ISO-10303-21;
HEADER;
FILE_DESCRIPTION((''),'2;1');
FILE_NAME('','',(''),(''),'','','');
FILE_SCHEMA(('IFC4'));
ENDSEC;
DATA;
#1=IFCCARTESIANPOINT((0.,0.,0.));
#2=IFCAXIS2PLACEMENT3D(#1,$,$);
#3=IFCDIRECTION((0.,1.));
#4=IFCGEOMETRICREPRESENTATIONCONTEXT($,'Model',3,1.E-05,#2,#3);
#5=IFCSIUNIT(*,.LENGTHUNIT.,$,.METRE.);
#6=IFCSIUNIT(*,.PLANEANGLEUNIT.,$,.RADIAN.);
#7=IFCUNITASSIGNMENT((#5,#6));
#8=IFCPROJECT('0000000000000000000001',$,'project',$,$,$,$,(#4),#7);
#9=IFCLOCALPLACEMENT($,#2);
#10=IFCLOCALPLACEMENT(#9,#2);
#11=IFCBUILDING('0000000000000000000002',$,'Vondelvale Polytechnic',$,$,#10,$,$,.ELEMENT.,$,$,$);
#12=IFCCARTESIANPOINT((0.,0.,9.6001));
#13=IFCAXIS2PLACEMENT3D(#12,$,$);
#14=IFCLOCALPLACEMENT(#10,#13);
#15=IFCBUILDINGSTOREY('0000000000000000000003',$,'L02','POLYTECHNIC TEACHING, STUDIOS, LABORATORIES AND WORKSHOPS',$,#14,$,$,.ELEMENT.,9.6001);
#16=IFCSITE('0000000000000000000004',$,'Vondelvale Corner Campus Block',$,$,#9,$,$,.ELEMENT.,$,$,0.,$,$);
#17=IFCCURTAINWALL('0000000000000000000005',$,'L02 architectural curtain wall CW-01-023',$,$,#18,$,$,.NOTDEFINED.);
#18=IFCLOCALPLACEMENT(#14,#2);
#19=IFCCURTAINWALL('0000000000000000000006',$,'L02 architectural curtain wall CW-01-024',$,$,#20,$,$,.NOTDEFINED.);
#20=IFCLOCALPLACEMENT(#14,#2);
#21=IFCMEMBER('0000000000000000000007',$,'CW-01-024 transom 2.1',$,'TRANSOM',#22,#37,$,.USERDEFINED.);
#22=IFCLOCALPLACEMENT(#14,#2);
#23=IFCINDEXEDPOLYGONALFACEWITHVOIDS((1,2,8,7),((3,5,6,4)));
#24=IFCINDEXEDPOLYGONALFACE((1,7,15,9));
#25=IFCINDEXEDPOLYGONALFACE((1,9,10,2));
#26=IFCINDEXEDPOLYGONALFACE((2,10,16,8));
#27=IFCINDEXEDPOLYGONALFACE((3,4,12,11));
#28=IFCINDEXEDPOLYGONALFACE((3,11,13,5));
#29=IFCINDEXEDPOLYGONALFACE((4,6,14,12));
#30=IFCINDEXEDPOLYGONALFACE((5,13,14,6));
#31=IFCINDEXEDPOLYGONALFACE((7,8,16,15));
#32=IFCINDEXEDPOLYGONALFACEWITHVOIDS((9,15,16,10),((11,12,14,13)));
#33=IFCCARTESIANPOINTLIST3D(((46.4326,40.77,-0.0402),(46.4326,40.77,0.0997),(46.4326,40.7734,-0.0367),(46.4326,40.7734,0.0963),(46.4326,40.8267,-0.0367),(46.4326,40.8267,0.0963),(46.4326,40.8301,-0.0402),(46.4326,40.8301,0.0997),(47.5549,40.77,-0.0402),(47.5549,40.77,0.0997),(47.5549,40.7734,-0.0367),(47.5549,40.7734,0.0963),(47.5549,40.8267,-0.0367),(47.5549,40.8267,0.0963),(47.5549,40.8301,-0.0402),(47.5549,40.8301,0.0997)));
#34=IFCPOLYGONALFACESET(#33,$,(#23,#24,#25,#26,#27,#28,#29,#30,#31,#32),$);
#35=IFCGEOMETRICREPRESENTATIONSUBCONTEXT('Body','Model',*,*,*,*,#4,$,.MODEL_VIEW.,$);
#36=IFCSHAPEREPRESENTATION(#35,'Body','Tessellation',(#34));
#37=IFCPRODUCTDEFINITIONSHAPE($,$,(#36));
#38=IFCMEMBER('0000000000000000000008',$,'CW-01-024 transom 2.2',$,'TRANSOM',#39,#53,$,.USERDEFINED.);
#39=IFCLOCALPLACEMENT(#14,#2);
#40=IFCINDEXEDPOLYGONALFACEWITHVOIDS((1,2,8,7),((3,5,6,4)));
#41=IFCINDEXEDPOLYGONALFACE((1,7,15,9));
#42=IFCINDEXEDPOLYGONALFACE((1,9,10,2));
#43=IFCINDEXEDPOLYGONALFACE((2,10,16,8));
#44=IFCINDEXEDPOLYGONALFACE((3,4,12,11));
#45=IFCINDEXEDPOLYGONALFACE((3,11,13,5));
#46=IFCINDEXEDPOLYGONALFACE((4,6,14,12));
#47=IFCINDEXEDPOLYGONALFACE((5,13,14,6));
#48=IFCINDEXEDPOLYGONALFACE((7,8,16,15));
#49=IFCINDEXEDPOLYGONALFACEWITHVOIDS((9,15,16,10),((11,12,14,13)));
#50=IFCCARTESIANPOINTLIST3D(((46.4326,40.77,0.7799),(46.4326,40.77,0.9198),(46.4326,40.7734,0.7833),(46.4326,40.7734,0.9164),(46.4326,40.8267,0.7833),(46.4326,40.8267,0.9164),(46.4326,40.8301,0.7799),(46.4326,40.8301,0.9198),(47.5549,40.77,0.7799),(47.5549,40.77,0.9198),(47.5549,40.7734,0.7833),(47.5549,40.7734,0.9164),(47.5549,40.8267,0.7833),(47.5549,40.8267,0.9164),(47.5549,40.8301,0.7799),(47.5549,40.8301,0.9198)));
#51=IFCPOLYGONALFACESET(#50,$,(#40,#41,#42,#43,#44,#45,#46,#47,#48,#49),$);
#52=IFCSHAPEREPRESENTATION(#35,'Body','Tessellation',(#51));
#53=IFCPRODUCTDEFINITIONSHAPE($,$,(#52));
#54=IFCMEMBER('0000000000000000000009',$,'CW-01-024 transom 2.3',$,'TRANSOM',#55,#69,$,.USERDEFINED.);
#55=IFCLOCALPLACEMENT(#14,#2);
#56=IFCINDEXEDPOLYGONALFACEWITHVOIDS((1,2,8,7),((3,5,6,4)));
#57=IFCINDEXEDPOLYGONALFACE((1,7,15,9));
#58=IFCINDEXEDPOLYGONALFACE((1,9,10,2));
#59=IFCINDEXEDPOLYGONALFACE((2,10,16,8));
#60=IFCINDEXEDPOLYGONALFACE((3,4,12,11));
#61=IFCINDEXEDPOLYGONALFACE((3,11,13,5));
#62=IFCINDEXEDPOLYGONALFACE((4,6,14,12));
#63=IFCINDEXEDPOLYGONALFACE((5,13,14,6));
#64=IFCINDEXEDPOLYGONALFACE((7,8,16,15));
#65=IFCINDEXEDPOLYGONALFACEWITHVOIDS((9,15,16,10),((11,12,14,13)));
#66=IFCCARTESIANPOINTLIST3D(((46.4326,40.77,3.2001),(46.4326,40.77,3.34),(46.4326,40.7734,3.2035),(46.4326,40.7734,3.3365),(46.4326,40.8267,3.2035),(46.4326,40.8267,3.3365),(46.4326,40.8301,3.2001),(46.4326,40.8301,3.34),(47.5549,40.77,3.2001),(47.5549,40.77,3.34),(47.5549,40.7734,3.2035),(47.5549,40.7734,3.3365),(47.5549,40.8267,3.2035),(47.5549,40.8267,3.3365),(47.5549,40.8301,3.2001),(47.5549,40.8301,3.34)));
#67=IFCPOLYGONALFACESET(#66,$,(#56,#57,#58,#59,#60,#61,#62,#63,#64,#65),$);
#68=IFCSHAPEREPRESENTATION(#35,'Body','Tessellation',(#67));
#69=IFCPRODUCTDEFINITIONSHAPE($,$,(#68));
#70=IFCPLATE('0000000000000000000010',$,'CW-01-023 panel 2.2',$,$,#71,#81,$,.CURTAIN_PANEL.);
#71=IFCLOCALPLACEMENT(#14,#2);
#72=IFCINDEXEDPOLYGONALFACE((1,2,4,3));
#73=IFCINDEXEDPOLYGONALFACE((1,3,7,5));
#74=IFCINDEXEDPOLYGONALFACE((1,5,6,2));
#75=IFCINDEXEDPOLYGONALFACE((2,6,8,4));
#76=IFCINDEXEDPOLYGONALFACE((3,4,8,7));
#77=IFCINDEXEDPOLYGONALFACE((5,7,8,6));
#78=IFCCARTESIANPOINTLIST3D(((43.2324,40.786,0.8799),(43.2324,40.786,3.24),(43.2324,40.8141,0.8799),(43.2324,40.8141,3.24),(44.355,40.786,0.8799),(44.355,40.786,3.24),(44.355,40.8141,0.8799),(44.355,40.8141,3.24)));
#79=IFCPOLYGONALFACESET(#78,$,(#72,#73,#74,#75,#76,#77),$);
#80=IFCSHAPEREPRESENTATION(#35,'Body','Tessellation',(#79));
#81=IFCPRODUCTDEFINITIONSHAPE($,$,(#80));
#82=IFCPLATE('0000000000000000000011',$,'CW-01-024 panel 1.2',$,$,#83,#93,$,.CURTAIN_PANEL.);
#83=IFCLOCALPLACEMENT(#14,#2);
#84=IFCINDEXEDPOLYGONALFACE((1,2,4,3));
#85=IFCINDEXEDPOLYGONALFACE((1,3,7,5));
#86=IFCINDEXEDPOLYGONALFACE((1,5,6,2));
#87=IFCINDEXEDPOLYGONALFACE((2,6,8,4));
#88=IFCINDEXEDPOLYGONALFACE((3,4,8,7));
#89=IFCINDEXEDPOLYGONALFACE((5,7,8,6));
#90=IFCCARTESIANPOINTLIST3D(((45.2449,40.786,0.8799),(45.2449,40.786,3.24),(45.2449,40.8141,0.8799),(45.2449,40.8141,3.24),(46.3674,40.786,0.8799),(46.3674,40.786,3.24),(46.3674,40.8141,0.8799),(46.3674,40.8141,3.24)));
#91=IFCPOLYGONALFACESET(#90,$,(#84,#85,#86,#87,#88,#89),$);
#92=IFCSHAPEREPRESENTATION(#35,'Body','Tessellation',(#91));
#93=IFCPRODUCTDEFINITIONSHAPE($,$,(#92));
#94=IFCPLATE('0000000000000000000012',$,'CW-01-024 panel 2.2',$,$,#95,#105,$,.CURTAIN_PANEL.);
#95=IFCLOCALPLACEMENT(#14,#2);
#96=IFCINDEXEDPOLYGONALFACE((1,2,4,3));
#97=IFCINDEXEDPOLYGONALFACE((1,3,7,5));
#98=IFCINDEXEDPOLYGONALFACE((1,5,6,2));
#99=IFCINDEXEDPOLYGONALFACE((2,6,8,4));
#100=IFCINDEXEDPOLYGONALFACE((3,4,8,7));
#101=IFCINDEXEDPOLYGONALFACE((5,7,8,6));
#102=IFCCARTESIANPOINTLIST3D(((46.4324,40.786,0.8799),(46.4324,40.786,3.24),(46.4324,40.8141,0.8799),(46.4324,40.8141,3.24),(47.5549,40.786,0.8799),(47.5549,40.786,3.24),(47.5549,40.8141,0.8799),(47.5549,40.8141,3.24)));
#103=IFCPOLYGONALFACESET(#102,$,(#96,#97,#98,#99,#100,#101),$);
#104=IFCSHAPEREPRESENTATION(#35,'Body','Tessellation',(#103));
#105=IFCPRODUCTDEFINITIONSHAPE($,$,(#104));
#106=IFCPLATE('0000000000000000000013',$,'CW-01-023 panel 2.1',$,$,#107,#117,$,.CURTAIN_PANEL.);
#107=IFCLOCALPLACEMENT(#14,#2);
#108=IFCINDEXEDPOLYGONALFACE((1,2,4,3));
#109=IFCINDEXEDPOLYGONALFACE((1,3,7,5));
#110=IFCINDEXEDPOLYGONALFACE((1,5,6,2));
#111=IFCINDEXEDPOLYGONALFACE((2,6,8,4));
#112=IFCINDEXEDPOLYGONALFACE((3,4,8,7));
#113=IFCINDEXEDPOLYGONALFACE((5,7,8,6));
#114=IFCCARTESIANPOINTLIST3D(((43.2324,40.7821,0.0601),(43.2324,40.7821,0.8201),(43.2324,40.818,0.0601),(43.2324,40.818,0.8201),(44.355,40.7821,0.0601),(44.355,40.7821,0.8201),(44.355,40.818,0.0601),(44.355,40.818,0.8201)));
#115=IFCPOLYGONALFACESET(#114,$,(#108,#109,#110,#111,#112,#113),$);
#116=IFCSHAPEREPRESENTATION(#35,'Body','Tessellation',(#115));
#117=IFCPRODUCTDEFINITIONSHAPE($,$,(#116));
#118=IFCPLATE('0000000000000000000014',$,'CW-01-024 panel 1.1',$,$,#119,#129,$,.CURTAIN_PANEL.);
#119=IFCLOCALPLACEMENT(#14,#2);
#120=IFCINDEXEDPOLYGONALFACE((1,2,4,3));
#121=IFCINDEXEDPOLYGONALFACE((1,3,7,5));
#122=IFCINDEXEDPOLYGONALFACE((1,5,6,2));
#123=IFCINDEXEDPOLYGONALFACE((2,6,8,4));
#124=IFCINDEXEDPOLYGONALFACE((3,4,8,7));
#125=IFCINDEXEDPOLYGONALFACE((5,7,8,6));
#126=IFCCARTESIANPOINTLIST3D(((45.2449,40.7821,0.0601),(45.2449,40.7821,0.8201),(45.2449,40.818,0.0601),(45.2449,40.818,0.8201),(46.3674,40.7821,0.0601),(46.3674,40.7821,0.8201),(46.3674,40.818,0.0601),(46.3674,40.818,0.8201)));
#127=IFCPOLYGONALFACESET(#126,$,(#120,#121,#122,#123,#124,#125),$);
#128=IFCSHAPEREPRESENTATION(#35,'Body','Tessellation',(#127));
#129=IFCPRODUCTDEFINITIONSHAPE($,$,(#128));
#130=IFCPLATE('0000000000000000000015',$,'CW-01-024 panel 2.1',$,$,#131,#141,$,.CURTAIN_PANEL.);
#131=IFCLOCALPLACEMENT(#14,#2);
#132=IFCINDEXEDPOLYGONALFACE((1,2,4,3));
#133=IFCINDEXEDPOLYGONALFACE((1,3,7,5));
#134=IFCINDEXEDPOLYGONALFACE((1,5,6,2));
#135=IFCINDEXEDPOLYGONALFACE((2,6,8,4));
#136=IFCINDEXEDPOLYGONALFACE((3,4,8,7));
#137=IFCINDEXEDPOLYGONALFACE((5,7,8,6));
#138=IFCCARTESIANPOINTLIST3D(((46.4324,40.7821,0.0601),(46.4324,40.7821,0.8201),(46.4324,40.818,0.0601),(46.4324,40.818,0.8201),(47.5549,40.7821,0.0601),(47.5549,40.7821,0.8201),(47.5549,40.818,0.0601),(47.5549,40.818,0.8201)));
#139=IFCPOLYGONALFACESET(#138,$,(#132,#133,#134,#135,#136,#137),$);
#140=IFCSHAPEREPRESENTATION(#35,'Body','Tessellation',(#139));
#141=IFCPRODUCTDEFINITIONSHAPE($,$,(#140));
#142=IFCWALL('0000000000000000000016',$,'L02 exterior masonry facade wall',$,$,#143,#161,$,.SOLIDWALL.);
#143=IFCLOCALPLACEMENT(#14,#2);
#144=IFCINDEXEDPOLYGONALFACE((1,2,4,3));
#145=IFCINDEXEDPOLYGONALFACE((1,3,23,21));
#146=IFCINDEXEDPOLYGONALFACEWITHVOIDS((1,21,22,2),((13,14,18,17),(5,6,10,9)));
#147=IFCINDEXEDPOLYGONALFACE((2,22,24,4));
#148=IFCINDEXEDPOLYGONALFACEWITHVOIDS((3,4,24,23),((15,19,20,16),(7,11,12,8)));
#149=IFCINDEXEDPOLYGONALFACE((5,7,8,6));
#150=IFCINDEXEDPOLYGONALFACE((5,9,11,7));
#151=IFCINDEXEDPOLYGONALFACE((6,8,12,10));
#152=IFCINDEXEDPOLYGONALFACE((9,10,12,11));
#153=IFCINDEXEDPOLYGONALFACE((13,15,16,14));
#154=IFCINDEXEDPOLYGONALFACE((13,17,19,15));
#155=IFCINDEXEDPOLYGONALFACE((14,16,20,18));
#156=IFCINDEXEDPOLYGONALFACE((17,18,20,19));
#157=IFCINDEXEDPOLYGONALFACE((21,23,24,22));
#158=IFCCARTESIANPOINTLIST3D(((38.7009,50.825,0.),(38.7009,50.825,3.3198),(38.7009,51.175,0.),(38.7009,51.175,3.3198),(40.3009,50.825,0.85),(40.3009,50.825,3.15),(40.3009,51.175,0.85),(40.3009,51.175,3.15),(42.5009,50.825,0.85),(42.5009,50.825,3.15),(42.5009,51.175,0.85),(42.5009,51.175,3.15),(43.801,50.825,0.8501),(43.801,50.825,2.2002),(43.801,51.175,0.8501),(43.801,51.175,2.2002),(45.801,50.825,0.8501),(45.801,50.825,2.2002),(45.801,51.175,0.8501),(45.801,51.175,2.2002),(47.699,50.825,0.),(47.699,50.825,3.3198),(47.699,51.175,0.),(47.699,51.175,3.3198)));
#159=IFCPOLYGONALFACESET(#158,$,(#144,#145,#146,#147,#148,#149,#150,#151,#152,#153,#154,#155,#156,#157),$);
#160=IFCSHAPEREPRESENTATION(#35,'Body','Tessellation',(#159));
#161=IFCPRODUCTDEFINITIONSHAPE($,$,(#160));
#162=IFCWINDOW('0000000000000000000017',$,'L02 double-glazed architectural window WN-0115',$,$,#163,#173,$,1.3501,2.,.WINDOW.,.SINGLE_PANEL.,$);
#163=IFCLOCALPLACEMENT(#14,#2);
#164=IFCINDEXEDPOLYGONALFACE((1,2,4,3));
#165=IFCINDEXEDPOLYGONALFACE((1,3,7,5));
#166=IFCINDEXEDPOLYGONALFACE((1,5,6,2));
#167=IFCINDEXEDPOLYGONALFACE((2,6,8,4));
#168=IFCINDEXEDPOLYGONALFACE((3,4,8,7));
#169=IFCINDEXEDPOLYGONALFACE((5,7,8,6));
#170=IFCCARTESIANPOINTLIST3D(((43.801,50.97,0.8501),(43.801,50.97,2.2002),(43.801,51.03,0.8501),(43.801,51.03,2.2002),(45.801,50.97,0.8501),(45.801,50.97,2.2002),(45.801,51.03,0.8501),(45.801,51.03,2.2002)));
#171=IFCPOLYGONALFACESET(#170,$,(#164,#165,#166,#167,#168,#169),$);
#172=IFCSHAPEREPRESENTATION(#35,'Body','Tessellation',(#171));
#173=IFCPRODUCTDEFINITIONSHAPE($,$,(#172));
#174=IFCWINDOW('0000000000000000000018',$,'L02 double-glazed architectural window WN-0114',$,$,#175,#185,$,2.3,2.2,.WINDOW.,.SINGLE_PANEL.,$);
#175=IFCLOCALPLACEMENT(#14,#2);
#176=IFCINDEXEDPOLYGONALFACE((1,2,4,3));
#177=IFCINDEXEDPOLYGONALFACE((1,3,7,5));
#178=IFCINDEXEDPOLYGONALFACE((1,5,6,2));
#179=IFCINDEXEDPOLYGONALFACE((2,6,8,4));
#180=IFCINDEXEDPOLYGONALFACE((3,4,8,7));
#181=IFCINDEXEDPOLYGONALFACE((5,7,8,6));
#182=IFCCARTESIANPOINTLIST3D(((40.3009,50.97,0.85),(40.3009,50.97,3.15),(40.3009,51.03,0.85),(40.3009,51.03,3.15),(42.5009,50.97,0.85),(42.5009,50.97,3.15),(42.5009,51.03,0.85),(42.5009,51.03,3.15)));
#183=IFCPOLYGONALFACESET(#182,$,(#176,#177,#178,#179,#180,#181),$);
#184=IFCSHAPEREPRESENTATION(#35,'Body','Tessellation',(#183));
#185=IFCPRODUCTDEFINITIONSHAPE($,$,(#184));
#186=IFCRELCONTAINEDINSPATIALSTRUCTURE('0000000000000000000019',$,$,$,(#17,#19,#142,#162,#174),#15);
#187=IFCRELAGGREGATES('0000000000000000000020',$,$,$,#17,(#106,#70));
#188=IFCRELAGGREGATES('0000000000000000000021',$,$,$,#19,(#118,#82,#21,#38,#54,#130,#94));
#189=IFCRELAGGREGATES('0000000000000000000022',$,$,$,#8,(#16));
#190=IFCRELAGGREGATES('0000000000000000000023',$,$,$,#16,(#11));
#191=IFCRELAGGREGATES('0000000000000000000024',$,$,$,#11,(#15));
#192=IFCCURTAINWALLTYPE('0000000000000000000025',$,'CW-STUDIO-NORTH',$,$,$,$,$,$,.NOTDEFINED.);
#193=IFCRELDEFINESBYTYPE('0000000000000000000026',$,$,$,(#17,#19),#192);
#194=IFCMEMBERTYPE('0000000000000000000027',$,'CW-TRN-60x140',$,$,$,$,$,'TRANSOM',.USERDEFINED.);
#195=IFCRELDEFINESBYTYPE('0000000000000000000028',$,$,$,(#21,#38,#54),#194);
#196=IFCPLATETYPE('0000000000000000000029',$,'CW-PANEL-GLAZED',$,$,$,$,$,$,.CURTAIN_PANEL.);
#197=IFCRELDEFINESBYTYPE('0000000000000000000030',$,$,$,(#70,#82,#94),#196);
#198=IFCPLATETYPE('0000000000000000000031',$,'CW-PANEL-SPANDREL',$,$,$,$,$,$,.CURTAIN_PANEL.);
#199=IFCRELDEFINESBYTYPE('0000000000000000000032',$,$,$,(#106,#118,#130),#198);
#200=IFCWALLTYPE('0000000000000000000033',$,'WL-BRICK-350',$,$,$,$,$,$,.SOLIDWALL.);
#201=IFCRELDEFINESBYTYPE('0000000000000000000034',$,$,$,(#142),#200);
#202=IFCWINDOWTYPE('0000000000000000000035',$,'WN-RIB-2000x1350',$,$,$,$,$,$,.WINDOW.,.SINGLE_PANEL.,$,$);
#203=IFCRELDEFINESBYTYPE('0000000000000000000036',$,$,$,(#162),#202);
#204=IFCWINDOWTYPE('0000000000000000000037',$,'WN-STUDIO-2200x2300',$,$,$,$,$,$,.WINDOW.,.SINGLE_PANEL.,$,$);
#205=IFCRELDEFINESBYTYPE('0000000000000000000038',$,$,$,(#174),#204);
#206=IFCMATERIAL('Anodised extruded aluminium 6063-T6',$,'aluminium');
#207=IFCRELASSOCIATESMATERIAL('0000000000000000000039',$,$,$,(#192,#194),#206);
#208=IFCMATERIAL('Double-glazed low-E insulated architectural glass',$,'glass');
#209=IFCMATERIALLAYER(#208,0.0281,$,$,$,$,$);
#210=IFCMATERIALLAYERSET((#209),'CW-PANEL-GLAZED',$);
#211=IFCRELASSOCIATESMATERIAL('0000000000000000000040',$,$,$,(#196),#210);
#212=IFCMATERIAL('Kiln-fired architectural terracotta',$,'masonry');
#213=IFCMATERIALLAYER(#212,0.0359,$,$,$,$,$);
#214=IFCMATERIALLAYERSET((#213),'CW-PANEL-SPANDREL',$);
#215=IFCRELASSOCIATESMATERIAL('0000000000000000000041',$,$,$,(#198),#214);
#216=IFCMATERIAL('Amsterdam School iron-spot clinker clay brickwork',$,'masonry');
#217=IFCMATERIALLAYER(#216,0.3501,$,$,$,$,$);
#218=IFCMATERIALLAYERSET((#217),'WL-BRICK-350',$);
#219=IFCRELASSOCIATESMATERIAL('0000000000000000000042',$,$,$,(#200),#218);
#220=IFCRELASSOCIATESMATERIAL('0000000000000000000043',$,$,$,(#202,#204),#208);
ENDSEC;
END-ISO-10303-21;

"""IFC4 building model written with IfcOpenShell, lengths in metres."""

from ifc_helpers import new_model, si_unit, direction, frame, frame_2d, origin, origin_2d, place, context, subcontext, project, spatial, rectangle, hollow_rectangle, extrude, material, layer, layer_set, material_profile, profile_set, type_object, element, fill, aggregate, save


model = new_model("IFC4")

# Units and contexts
model_context = context("Model", 3, precision=1e-05, world=origin(), true_north=direction((0.0, 1.0)))
body_context = subcontext(model_context, "Body", "Model", "MODEL_VIEW")
ifc_project = project(units=[si_unit("LENGTHUNIT", "METRE"), si_unit("PLANEANGLEUNIT", "RADIAN")], contexts=[model_context])

# Site, building, storey
site_placement = place(None, origin())
site = spatial("IfcSite", under=ifc_project, at=site_placement, Name="Vondelvale Corner Campus Block", CompositionType="ELEMENT", RefElevation=0.0)
building_placement = place(site_placement, origin())
building = spatial("IfcBuilding", under=site, at=building_placement, Name="Vondelvale Polytechnic", CompositionType="ELEMENT")
storey_placement = place(building_placement, frame((0.0, 0.0, 9.6001)))
storey = spatial("IfcBuildingStorey", under=building, at=storey_placement, Name="L02", Description="POLYTECHNIC TEACHING, STUDIOS, LABORATORIES AND WORKSHOPS", CompositionType="ELEMENT", Elevation=9.6001)

# Curtain wall
ifc_material_1 = material(Name="Anodised extruded aluminium 6063-T6", Category="aluminium")
curtain_wall_type = type_object("IfcCurtainWallType", Name="CW-STUDIO-NORTH", PredefinedType="NOTDEFINED", material=ifc_material_1)
curtain_wall_1_placement = place(storey_placement, origin())
curtain_wall_1 = element("IfcCurtainWall", 1, at=curtain_wall_1_placement, inside=storey, type_object=curtain_wall_type, Name="L02 architectural curtain wall CW-01-023", PredefinedType="NOTDEFINED")

# Curtain wall
curtain_wall_2_placement = place(storey_placement, origin())
curtain_wall_2 = element("IfcCurtainWall", 2, at=curtain_wall_2_placement, inside=storey, type_object=curtain_wall_type, Name="L02 architectural curtain wall CW-01-024", PredefinedType="NOTDEFINED")

# Members
ifc_material_profile_1 = material_profile(ifc_material_1, hollow_rectangle(XDim=0.0601, YDim=0.1399, WallThickness=0.0034, at=origin_2d()), Name="CW-TRN-140x60")
ifc_profile_set_1 = profile_set([ifc_material_profile_1], Name="Anodised extruded aluminium 6063-T6")
member_type_1 = type_object("IfcMemberType", Name="CW-TRN-60x140", ElementType="TRANSOM", PredefinedType="USERDEFINED", material=ifc_profile_set_1)
member_1_placement = place(storey_placement, frame((46.4326, 40.8, 0.0298), z_axis=(1.0, 0.0, 0.0), x_axis=(0.0, 1.0, 0.0)))
member_1 = element("IfcMember", 3, at=member_1_placement, type_object=member_type_1, Name="CW-01-024 transom 2.1", ObjectType="TRANSOM", PredefinedType="USERDEFINED", context=body_context, shape_type="SweptSolid", body=[
    extrude(hollow_rectangle(XDim=0.0601, YDim=0.1399, WallThickness=0.0034, at=origin_2d()), origin(), (0.0, 0.0, 1.0), 1.1223),
])
member_2_placement = place(storey_placement, frame((46.4326, 40.8, 0.8499), z_axis=(1.0, 0.0, 0.0), x_axis=(0.0, 1.0, 0.0)))
member_2 = element("IfcMember", 4, at=member_2_placement, type_object=member_type_1, Name="CW-01-024 transom 2.2", ObjectType="TRANSOM", PredefinedType="USERDEFINED", context=body_context, shape_type="SweptSolid", body=[
    extrude(hollow_rectangle(XDim=0.0601, YDim=0.1399, WallThickness=0.0034, at=origin_2d()), origin(), (0.0, 0.0, 1.0), 1.1223),
])
member_3_placement = place(storey_placement, frame((46.4326, 40.8, 3.27), z_axis=(1.0, 0.0, 0.0), x_axis=(0.0, 1.0, 0.0)))
member_3 = element("IfcMember", 5, at=member_3_placement, type_object=member_type_1, Name="CW-01-024 transom 2.3", ObjectType="TRANSOM", PredefinedType="USERDEFINED", context=body_context, shape_type="SweptSolid", body=[
    extrude(hollow_rectangle(XDim=0.0601, YDim=0.1399, WallThickness=0.0034, at=origin_2d()), origin(), (0.0, 0.0, 1.0), 1.1223),
])

# Plates
ifc_material_2 = material(Name="Double-glazed low-E insulated architectural glass", Category="glass")
ifc_layer_1 = layer(ifc_material_2, 0.0281)
ifc_layer_set_1 = layer_set([ifc_layer_1], Name="CW-PANEL-GLAZED")
plate_type_1 = type_object("IfcPlateType", Name="CW-PANEL-GLAZED", PredefinedType="CURTAIN_PANEL", material=ifc_layer_set_1)
plate_1_placement = place(storey_placement, frame((43.7937, 40.8, 0.8799), z_axis=(0.0, 0.0, 1.0), x_axis=(1.0, 0.0, 0.0)))
plate_1 = element("IfcPlate", 6, at=plate_1_placement, type_object=plate_type_1, Name="CW-01-023 panel 2.2", PredefinedType="CURTAIN_PANEL", context=body_context, shape_type="SweptSolid", body=[
    extrude(rectangle(XDim=1.1226, YDim=0.0281, at=origin_2d()), origin(), (0.0, 0.0, 1.0), 2.3601),
])
plate_2_placement = place(storey_placement, frame((45.8062, 40.8, 0.8799), z_axis=(0.0, 0.0, 1.0), x_axis=(1.0, 0.0, 0.0)))
plate_2 = element("IfcPlate", 7, at=plate_2_placement, type_object=plate_type_1, Name="CW-01-024 panel 1.2", PredefinedType="CURTAIN_PANEL", context=body_context, shape_type="SweptSolid", body=[
    extrude(rectangle(XDim=1.1226, YDim=0.0281, at=origin_2d()), origin(), (0.0, 0.0, 1.0), 2.3601),
])
plate_3_placement = place(storey_placement, frame((46.9937, 40.8, 0.8799), z_axis=(0.0, 0.0, 1.0), x_axis=(1.0, 0.0, 0.0)))
plate_3 = element("IfcPlate", 8, at=plate_3_placement, type_object=plate_type_1, Name="CW-01-024 panel 2.2", PredefinedType="CURTAIN_PANEL", context=body_context, shape_type="SweptSolid", body=[
    extrude(rectangle(XDim=1.1226, YDim=0.0281, at=origin_2d()), origin(), (0.0, 0.0, 1.0), 2.3601),
])
ifc_material_3 = material(Name="Kiln-fired architectural terracotta", Category="masonry")
ifc_layer_2 = layer(ifc_material_3, 0.0359)
ifc_layer_set_2 = layer_set([ifc_layer_2], Name="CW-PANEL-SPANDREL")
plate_type_2 = type_object("IfcPlateType", Name="CW-PANEL-SPANDREL", PredefinedType="CURTAIN_PANEL", material=ifc_layer_set_2)
plate_4_placement = place(storey_placement, frame((43.7937, 40.8, 0.0601), z_axis=(0.0, 0.0, 1.0), x_axis=(1.0, 0.0, 0.0)))
plate_4 = element("IfcPlate", 9, at=plate_4_placement, type_object=plate_type_2, Name="CW-01-023 panel 2.1", PredefinedType="CURTAIN_PANEL", context=body_context, shape_type="SweptSolid", body=[
    extrude(rectangle(XDim=1.1226, YDim=0.0359, at=origin_2d()), origin(), (0.0, 0.0, 1.0), 0.76),
])
aggregate(curtain_wall_1, [plate_4, plate_1])
plate_5_placement = place(storey_placement, frame((45.8062, 40.8, 0.0601), z_axis=(0.0, 0.0, 1.0), x_axis=(1.0, 0.0, 0.0)))
plate_5 = element("IfcPlate", 10, at=plate_5_placement, type_object=plate_type_2, Name="CW-01-024 panel 1.1", PredefinedType="CURTAIN_PANEL", context=body_context, shape_type="SweptSolid", body=[
    extrude(rectangle(XDim=1.1226, YDim=0.0359, at=origin_2d()), origin(), (0.0, 0.0, 1.0), 0.76),
])
plate_6_placement = place(storey_placement, frame((46.9937, 40.8, 0.0601), z_axis=(0.0, 0.0, 1.0), x_axis=(1.0, 0.0, 0.0)))
plate_6 = element("IfcPlate", 11, at=plate_6_placement, type_object=plate_type_2, Name="CW-01-024 panel 2.1", PredefinedType="CURTAIN_PANEL", context=body_context, shape_type="SweptSolid", body=[
    extrude(rectangle(XDim=1.1226, YDim=0.0359, at=origin_2d()), origin(), (0.0, 0.0, 1.0), 0.76),
])
aggregate(curtain_wall_2, [plate_5, plate_2, member_1, member_2, member_3, plate_6, plate_3])

# Wall, openings, windows
ifc_material_4 = material(Name="Amsterdam School iron-spot clinker clay brickwork", Category="masonry")
ifc_layer_3 = layer(ifc_material_4, 0.3501)
ifc_layer_set_3 = layer_set([ifc_layer_3], Name="WL-BRICK-350")
wall_type_1 = type_object("IfcWallType", Name="WL-BRICK-350", PredefinedType="SOLIDWALL", material=ifc_layer_set_3)
wall_1_placement = place(storey_placement, frame((47.699, 51.0, 0.0), z_axis=(0.0, 0.0, 1.0), x_axis=(-1.0, 0.0, 0.0)))
wall_1 = element("IfcWall", 12, at=wall_1_placement, inside=storey, type_object=wall_type_1, Name="L02 exterior masonry facade wall", PredefinedType="SOLIDWALL", context=body_context, shape_type="SweptSolid", body=[
    extrude(rectangle(XDim=8.998, YDim=0.3501, at=frame_2d((4.499, 0.0))), origin(), (0.0, 0.0, 1.0), 3.3198),
])
opening_1_placement = place(wall_1_placement, frame((5.198, 0.0, 0.8501)))
opening_1 = element("IfcOpeningElement", 13, at=opening_1_placement, cuts=wall_1, PredefinedType="OPENING", context=body_context, shape_type="SweptSolid", body=[
    extrude(rectangle(XDim=2.2, YDim=2.3, at=frame_2d((1.1001, 1.1499))), frame((0.0, 0.1851, 0.0), z_axis=(0.0, -1.0, 0.0), x_axis=(1.0, 0.0, 0.0)), (0.0, 0.0, 1.0), 0.3701),
])
opening_2_placement = place(wall_1_placement, frame((1.8979, 0.0, 0.8501)))
opening_2 = element("IfcOpeningElement", 14, at=opening_2_placement, cuts=wall_1, PredefinedType="OPENING", context=body_context, shape_type="SweptSolid", body=[
    extrude(rectangle(XDim=2.0, YDim=1.3501, at=frame_2d((1.0, 0.675))), frame((0.0, 0.1851, 0.0), z_axis=(0.0, -1.0, 0.0), x_axis=(1.0, 0.0, 0.0)), (0.0, 0.0, 1.0), 0.3701),
])
window_type_1 = type_object("IfcWindowType", Name="WN-RIB-2000x1350", PartitioningType="SINGLE_PANEL", PredefinedType="WINDOW", material=ifc_material_2)
window_1_placement = place(opening_2_placement, origin())
window_1 = element("IfcWindow", 15, at=window_1_placement, inside=storey, type_object=window_type_1, Name="L02 double-glazed architectural window WN-0115", OverallHeight=1.3501, OverallWidth=2.0, PartitioningType="SINGLE_PANEL", PredefinedType="WINDOW", context=body_context, shape_type="SweptSolid", body=[
    extrude(rectangle(XDim=2.0, YDim=1.3501, at=frame_2d((1.0, 0.675))), frame((0.0, 0.03, 0.0), z_axis=(0.0, -1.0, 0.0), x_axis=(1.0, 0.0, 0.0)), (0.0, 0.0, 1.0), 0.0601),
])
fill(opening_2, window_1)
window_type_2 = type_object("IfcWindowType", Name="WN-STUDIO-2200x2300", PartitioningType="SINGLE_PANEL", PredefinedType="WINDOW", material=ifc_material_2)
window_2_placement = place(opening_1_placement, origin())
window_2 = element("IfcWindow", 16, at=window_2_placement, inside=storey, type_object=window_type_2, Name="L02 double-glazed architectural window WN-0114", OverallHeight=2.3, OverallWidth=2.2, PartitioningType="SINGLE_PANEL", PredefinedType="WINDOW", context=body_context, shape_type="SweptSolid", body=[
    extrude(rectangle(XDim=2.2, YDim=2.3, at=frame_2d((1.1001, 1.1499))), frame((0.0, 0.03, 0.0), z_axis=(0.0, -1.0, 0.0), x_axis=(1.0, 0.0, 0.0)), (0.0, 0.0, 1.0), 0.0601),
])
fill(opening_1, window_2)

save(model, "model.ifc")
